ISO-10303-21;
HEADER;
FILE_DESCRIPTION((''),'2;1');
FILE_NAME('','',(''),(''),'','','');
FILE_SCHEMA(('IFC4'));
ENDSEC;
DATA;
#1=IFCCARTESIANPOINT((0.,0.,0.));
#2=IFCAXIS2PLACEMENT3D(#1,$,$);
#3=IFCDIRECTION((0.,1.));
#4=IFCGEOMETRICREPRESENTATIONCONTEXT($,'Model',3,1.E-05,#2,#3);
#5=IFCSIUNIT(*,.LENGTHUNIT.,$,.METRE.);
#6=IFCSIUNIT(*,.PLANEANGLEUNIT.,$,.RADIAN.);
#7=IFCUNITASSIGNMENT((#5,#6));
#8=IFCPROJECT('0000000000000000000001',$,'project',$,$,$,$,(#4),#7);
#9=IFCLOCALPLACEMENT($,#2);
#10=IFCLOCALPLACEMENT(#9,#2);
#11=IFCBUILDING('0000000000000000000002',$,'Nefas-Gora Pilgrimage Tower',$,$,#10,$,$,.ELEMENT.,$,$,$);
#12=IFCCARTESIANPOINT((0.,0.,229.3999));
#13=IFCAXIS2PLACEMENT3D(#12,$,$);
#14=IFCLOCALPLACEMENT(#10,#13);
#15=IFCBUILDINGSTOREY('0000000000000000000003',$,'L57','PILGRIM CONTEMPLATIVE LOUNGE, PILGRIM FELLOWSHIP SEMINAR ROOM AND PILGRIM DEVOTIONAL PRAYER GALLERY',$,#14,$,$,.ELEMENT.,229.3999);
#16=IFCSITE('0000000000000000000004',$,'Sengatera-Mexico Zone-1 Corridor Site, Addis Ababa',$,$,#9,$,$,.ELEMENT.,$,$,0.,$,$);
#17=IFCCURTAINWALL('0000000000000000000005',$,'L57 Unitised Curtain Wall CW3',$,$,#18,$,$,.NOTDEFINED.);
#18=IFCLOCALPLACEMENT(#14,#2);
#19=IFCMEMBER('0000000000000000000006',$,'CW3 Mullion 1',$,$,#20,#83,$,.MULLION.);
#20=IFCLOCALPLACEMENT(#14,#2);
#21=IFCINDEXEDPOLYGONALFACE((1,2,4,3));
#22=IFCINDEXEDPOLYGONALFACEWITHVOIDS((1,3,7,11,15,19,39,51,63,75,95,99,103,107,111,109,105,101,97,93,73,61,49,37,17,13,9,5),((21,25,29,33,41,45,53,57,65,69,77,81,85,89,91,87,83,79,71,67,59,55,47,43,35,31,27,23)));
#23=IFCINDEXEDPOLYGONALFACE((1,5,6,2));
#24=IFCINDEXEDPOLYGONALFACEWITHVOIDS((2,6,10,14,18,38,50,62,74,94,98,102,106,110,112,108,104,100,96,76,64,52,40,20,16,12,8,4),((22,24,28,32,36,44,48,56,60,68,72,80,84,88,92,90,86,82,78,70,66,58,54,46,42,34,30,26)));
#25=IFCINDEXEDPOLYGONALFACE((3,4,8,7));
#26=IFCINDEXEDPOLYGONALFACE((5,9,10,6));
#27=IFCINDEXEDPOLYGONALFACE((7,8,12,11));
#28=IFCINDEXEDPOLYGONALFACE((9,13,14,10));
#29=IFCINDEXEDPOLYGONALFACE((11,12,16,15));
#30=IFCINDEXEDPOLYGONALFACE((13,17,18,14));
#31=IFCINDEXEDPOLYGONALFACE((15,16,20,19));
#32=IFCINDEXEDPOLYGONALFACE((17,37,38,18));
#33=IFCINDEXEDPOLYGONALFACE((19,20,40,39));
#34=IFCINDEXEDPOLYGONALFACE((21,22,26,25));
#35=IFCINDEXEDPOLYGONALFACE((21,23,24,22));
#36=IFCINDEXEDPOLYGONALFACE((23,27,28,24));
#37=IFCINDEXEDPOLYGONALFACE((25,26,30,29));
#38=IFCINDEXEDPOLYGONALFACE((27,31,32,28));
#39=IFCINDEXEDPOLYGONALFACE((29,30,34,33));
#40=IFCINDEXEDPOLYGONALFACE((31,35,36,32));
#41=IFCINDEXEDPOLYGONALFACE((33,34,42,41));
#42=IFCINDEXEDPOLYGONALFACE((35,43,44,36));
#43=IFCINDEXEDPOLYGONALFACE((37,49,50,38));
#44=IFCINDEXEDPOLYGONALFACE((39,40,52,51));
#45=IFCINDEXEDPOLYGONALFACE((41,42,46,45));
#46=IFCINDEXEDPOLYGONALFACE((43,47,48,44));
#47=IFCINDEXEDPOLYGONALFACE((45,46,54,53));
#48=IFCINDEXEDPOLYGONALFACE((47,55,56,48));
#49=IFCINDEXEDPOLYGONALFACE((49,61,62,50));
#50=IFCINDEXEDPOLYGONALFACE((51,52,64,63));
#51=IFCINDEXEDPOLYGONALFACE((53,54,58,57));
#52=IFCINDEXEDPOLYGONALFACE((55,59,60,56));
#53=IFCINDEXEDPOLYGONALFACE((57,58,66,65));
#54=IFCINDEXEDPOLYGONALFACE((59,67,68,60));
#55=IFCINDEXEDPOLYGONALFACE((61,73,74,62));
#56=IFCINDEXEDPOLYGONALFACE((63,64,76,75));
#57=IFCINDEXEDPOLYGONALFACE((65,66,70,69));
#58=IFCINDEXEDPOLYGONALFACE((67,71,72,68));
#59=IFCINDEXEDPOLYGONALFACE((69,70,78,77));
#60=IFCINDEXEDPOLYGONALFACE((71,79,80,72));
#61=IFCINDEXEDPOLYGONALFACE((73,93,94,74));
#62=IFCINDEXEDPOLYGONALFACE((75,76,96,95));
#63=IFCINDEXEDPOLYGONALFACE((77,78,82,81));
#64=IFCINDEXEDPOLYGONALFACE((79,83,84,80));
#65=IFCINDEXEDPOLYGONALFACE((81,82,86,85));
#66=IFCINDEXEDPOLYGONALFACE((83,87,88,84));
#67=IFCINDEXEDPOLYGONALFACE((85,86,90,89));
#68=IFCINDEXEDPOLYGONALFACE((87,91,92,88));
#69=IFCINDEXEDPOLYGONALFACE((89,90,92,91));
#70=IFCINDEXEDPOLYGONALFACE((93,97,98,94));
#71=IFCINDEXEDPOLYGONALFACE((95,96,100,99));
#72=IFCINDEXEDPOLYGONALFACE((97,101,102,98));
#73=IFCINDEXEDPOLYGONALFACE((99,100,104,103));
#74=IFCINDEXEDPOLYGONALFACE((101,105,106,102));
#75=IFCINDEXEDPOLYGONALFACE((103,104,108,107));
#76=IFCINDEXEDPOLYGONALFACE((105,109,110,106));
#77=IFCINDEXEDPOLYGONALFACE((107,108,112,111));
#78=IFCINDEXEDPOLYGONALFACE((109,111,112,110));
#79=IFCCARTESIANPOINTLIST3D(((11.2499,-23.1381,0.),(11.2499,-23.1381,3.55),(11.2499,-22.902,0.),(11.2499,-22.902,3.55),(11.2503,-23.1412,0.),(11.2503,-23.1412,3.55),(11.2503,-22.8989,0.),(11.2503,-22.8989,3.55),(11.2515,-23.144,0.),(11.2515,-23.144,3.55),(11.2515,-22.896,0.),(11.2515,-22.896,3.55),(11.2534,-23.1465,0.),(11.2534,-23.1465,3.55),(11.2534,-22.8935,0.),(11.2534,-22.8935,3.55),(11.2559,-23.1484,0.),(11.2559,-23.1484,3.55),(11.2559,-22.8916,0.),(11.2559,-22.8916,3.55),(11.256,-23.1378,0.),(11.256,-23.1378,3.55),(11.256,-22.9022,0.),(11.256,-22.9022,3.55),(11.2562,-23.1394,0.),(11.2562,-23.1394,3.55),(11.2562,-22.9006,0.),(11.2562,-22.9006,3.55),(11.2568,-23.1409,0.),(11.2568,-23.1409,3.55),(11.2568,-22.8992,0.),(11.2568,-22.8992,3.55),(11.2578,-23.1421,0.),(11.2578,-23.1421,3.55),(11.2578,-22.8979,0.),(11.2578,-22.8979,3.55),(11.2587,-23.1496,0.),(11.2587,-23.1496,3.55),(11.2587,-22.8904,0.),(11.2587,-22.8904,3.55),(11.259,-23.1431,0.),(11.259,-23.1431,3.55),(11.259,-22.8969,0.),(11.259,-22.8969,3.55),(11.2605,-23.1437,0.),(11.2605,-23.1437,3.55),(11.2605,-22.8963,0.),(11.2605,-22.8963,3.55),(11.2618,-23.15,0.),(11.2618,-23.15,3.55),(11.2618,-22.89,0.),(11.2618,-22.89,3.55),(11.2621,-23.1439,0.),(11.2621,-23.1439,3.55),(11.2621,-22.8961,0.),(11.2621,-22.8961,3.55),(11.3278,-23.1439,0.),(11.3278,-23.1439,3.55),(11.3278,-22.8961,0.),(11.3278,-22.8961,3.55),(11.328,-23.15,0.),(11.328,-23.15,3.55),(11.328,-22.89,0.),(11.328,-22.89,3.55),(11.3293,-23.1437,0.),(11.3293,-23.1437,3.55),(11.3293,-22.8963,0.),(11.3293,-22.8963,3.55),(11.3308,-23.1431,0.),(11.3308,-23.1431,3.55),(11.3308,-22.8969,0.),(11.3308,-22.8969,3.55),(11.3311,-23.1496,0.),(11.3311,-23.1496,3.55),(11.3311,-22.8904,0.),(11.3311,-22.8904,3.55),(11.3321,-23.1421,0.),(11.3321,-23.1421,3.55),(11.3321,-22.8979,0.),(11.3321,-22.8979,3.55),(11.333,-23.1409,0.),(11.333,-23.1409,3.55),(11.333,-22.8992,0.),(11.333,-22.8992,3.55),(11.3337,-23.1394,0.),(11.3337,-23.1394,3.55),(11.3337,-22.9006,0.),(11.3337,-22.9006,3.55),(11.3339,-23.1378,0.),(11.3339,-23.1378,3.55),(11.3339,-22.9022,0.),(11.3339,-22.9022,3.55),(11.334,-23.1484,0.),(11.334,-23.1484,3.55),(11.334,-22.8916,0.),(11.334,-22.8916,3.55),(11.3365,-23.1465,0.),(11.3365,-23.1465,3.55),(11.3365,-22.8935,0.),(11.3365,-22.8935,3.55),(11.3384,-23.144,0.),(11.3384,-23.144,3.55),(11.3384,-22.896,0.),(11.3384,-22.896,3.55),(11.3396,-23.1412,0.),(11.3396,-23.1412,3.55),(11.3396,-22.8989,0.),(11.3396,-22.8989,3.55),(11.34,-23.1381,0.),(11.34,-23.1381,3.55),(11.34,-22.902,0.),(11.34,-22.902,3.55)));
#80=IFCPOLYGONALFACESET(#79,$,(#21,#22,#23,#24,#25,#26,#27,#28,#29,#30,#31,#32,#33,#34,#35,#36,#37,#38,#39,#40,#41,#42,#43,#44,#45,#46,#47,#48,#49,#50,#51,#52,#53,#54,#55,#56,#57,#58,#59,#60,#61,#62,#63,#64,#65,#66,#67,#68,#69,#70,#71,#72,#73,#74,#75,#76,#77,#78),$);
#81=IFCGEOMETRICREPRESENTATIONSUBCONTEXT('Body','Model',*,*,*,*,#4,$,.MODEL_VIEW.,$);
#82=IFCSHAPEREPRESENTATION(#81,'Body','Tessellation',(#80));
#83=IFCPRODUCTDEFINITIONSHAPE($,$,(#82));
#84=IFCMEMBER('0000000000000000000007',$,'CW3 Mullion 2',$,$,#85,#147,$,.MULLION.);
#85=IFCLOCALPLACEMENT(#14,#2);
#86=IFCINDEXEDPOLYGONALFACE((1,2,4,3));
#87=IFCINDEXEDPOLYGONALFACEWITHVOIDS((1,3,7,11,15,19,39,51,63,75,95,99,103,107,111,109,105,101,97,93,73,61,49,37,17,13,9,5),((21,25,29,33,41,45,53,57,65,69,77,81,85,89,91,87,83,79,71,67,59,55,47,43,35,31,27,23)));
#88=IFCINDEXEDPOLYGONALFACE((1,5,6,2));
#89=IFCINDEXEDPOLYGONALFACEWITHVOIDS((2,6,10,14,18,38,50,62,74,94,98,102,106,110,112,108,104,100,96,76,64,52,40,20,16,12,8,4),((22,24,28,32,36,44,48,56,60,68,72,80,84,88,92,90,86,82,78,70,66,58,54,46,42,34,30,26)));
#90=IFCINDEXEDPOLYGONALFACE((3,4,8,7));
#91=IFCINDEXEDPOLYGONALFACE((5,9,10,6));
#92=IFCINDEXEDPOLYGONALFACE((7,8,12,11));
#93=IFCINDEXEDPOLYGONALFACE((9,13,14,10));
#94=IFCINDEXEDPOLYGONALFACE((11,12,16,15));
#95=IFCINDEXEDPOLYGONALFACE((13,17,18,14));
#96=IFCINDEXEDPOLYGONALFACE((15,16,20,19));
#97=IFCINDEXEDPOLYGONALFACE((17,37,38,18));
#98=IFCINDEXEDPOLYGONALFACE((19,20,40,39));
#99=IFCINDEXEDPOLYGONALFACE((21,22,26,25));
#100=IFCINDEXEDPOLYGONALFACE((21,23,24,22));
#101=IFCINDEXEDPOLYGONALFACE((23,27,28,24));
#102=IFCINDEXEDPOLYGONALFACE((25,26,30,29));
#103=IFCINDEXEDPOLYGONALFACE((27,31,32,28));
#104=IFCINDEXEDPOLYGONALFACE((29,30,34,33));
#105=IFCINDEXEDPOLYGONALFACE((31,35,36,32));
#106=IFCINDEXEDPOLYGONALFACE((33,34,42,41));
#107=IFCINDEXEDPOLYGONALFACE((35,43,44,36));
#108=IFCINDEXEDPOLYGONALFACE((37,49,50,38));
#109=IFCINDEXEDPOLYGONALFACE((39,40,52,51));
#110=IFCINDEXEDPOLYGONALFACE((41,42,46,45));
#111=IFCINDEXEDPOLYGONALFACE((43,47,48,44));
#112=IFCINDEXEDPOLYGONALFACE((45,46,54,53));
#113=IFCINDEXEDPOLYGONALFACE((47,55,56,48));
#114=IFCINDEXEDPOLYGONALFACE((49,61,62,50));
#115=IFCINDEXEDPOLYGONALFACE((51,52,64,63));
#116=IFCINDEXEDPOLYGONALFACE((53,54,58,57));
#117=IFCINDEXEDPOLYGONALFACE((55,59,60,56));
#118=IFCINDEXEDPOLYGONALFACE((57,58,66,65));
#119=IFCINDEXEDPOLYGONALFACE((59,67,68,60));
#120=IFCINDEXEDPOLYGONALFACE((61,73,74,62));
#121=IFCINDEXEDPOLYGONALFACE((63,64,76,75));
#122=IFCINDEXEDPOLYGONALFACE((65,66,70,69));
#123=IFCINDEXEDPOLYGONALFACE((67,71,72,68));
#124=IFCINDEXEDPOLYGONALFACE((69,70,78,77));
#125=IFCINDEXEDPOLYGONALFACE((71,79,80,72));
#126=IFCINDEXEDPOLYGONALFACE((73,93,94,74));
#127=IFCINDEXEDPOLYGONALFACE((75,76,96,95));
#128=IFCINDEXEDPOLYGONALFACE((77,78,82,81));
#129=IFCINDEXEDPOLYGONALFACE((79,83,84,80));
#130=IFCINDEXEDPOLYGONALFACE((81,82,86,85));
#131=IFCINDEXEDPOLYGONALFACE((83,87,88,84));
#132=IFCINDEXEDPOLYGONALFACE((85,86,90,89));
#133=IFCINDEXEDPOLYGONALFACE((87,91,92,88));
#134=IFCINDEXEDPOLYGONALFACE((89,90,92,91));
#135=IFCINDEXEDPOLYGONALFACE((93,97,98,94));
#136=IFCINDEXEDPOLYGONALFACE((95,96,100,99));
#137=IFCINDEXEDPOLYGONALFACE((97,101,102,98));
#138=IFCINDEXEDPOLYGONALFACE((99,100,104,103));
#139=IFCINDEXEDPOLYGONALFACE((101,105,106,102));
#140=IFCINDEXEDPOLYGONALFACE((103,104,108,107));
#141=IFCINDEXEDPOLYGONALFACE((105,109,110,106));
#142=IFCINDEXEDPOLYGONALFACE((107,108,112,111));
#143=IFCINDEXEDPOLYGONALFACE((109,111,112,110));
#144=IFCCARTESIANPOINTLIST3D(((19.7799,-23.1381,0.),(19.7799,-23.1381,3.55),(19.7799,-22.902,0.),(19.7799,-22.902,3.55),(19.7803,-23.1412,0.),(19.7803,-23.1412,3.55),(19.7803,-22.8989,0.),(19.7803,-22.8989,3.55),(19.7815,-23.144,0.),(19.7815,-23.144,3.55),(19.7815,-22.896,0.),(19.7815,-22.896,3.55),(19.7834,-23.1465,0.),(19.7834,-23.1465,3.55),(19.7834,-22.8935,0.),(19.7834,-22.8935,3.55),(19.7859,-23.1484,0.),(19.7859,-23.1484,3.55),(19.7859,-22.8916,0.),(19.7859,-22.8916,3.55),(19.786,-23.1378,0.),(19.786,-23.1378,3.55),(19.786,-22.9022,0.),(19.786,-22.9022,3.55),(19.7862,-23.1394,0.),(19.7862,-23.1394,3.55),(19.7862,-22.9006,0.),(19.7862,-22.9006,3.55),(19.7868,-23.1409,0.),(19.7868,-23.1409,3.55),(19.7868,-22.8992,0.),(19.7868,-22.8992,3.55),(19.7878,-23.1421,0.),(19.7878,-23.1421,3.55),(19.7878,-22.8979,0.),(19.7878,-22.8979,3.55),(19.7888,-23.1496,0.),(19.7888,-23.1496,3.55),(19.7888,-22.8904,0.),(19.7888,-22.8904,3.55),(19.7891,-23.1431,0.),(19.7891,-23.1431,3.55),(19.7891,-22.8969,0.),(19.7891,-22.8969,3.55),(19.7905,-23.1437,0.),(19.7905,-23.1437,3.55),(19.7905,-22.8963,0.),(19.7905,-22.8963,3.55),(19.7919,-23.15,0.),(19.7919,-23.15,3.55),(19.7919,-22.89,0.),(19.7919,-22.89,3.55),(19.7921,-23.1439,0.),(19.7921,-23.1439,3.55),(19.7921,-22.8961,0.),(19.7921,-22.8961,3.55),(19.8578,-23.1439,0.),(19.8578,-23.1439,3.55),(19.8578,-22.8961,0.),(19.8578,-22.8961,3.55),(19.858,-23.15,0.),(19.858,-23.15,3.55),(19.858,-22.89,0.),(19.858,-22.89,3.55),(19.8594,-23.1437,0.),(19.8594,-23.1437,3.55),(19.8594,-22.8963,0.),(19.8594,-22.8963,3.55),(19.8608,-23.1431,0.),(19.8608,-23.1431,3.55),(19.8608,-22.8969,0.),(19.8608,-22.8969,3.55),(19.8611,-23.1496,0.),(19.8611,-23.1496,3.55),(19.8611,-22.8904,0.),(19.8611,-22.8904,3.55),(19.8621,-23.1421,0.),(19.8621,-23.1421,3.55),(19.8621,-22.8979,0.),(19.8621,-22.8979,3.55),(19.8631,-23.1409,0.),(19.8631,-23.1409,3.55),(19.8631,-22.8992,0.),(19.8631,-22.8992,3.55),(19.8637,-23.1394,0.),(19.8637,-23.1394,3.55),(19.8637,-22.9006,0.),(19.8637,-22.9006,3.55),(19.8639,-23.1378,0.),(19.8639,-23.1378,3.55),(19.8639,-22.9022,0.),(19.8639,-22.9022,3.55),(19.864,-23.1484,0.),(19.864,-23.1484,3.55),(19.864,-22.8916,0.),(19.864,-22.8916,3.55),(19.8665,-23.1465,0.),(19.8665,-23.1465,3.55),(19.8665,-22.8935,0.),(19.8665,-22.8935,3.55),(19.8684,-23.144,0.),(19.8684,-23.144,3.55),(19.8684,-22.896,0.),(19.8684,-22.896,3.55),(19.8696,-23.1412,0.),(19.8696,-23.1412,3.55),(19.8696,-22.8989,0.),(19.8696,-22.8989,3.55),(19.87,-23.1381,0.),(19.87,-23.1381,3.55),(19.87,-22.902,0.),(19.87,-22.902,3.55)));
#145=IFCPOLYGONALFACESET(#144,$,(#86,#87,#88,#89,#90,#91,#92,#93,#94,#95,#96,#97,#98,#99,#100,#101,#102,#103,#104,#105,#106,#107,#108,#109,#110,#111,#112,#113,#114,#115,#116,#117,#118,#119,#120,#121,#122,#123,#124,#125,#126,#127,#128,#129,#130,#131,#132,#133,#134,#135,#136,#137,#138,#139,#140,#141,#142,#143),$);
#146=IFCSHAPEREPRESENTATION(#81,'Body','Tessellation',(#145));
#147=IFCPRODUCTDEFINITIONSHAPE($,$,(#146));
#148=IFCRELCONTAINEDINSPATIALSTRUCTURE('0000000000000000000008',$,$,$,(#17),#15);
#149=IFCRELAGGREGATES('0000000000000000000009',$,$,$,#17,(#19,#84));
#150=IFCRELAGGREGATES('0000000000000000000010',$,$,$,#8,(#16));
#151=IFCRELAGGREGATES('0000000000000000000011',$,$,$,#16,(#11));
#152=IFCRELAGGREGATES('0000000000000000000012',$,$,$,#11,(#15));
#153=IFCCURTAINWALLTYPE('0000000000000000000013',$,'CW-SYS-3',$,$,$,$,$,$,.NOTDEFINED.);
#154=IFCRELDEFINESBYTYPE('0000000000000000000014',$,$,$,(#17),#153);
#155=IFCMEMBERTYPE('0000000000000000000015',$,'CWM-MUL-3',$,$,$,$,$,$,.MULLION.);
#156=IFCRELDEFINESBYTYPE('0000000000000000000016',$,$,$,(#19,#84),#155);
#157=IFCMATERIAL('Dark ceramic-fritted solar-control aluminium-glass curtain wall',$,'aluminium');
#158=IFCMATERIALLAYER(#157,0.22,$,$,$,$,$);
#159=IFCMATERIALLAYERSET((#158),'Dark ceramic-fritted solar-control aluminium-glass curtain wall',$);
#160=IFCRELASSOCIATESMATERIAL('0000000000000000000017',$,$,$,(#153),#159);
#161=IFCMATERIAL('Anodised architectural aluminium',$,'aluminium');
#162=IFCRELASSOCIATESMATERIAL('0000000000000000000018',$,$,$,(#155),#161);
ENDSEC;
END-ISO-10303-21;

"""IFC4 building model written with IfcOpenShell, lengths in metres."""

from ifc_helpers import new_model, si_unit, direction, frame, origin, origin_2d, place, context, subcontext, project, spatial, hollow_rectangle, extrude, source, transform, mapped, material, layer, layer_set, material_profile, profile_set, type_object, element, aggregate, save


model = new_model("IFC4")

# Units and contexts
model_context = context("Model", 3, precision=1e-05, world=origin(), true_north=direction((0.0, 1.0)))
body_context = subcontext(model_context, "Body", "Model", "MODEL_VIEW")
ifc_project = project(units=[si_unit("LENGTHUNIT", "METRE"), si_unit("PLANEANGLEUNIT", "RADIAN")], contexts=[model_context])

# Site, building, storey
site_placement = place(None, origin())
site = spatial("IfcSite", under=ifc_project, at=site_placement, Name="Sengatera-Mexico Zone-1 Corridor Site, Addis Ababa", CompositionType="ELEMENT", RefElevation=0.0)
building_placement = place(site_placement, origin())
building = spatial("IfcBuilding", under=site, at=building_placement, Name="Nefas-Gora Pilgrimage Tower", CompositionType="ELEMENT")
storey_placement = place(building_placement, frame((0.0, 0.0, 229.3999)))
storey = spatial("IfcBuildingStorey", under=building, at=storey_placement, Name="L57", Description="PILGRIM CONTEMPLATIVE LOUNGE, PILGRIM FELLOWSHIP SEMINAR ROOM AND PILGRIM DEVOTIONAL PRAYER GALLERY", CompositionType="ELEMENT", Elevation=229.3999)

# Curtain wall, members
ifc_material_1 = material(Name="Dark ceramic-fritted solar-control aluminium-glass curtain wall", Category="aluminium")
ifc_layer_1 = layer(ifc_material_1, 0.22)
ifc_layer_set_1 = layer_set([ifc_layer_1], Name="Dark ceramic-fritted solar-control aluminium-glass curtain wall")
curtain_wall_type = type_object("IfcCurtainWallType", Name="CW-SYS-3", PredefinedType="NOTDEFINED", material=ifc_layer_set_1)
curtain_wall_1_placement = place(storey_placement, origin())
curtain_wall_1 = element("IfcCurtainWall", 1, at=curtain_wall_1_placement, inside=storey, type_object=curtain_wall_type, Name="L57 Unitised Curtain Wall CW3", PredefinedType="NOTDEFINED")
ifc_material_2 = material(Name="Anodised architectural aluminium", Category="aluminium")
ifc_material_profile_1 = material_profile(ifc_material_2, hollow_rectangle(XDim=0.0901, YDim=0.26, WallThickness=0.0061, InnerFilletRadius=0.0061, OuterFilletRadius=0.012, at=origin_2d()), Name="ALU MULLION 90x260")
ifc_profile_set_1 = profile_set([ifc_material_profile_1], Name="Anodised architectural aluminium")
member_type_1 = type_object("IfcMemberType", Name="CWM-MUL-3", PredefinedType="MULLION", material=ifc_profile_set_1)
shared_shape_1 = source(origin(), body_context, "Body", "SweptSolid", [
    extrude(hollow_rectangle(XDim=0.0901, YDim=0.26, WallThickness=0.0061, InnerFilletRadius=0.0061, OuterFilletRadius=0.012, at=origin_2d()), origin(), (0.0, 0.0, 1.0), 3.55),
])
member_1_placement = place(storey_placement, frame((11.2949, -23.02, 0.0), z_axis=(0.0, 0.0, 1.0), x_axis=(1.0, 0.0, 0.0)))
member_1 = element("IfcMember", 2, at=member_1_placement, type_object=member_type_1, Name="CW3 Mullion 1", PredefinedType="MULLION", context=body_context, shape_type="MappedRepresentation", body=[
    mapped(shared_shape_1, transform((0.0, 0.0, 0.0), x_axis=(1.0, 0.0, 0.0), y_axis=(0.0, 1.0, 0.0), z_axis=(0.0, 0.0, 1.0), scale=1.0)),
])
member_2_placement = place(storey_placement, frame((19.825, -23.02, 0.0), z_axis=(0.0, 0.0, 1.0), x_axis=(1.0, 0.0, 0.0)))
member_2 = element("IfcMember", 3, at=member_2_placement, type_object=member_type_1, Name="CW3 Mullion 2", PredefinedType="MULLION", context=body_context, shape_type="MappedRepresentation", body=[
    mapped(shared_shape_1, transform((0.0, 0.0, 0.0), x_axis=(1.0, 0.0, 0.0), y_axis=(0.0, 1.0, 0.0), z_axis=(0.0, 0.0, 1.0), scale=1.0)),
])

aggregate(curtain_wall_1, [member_1, member_2])

save(model, "model.ifc")
